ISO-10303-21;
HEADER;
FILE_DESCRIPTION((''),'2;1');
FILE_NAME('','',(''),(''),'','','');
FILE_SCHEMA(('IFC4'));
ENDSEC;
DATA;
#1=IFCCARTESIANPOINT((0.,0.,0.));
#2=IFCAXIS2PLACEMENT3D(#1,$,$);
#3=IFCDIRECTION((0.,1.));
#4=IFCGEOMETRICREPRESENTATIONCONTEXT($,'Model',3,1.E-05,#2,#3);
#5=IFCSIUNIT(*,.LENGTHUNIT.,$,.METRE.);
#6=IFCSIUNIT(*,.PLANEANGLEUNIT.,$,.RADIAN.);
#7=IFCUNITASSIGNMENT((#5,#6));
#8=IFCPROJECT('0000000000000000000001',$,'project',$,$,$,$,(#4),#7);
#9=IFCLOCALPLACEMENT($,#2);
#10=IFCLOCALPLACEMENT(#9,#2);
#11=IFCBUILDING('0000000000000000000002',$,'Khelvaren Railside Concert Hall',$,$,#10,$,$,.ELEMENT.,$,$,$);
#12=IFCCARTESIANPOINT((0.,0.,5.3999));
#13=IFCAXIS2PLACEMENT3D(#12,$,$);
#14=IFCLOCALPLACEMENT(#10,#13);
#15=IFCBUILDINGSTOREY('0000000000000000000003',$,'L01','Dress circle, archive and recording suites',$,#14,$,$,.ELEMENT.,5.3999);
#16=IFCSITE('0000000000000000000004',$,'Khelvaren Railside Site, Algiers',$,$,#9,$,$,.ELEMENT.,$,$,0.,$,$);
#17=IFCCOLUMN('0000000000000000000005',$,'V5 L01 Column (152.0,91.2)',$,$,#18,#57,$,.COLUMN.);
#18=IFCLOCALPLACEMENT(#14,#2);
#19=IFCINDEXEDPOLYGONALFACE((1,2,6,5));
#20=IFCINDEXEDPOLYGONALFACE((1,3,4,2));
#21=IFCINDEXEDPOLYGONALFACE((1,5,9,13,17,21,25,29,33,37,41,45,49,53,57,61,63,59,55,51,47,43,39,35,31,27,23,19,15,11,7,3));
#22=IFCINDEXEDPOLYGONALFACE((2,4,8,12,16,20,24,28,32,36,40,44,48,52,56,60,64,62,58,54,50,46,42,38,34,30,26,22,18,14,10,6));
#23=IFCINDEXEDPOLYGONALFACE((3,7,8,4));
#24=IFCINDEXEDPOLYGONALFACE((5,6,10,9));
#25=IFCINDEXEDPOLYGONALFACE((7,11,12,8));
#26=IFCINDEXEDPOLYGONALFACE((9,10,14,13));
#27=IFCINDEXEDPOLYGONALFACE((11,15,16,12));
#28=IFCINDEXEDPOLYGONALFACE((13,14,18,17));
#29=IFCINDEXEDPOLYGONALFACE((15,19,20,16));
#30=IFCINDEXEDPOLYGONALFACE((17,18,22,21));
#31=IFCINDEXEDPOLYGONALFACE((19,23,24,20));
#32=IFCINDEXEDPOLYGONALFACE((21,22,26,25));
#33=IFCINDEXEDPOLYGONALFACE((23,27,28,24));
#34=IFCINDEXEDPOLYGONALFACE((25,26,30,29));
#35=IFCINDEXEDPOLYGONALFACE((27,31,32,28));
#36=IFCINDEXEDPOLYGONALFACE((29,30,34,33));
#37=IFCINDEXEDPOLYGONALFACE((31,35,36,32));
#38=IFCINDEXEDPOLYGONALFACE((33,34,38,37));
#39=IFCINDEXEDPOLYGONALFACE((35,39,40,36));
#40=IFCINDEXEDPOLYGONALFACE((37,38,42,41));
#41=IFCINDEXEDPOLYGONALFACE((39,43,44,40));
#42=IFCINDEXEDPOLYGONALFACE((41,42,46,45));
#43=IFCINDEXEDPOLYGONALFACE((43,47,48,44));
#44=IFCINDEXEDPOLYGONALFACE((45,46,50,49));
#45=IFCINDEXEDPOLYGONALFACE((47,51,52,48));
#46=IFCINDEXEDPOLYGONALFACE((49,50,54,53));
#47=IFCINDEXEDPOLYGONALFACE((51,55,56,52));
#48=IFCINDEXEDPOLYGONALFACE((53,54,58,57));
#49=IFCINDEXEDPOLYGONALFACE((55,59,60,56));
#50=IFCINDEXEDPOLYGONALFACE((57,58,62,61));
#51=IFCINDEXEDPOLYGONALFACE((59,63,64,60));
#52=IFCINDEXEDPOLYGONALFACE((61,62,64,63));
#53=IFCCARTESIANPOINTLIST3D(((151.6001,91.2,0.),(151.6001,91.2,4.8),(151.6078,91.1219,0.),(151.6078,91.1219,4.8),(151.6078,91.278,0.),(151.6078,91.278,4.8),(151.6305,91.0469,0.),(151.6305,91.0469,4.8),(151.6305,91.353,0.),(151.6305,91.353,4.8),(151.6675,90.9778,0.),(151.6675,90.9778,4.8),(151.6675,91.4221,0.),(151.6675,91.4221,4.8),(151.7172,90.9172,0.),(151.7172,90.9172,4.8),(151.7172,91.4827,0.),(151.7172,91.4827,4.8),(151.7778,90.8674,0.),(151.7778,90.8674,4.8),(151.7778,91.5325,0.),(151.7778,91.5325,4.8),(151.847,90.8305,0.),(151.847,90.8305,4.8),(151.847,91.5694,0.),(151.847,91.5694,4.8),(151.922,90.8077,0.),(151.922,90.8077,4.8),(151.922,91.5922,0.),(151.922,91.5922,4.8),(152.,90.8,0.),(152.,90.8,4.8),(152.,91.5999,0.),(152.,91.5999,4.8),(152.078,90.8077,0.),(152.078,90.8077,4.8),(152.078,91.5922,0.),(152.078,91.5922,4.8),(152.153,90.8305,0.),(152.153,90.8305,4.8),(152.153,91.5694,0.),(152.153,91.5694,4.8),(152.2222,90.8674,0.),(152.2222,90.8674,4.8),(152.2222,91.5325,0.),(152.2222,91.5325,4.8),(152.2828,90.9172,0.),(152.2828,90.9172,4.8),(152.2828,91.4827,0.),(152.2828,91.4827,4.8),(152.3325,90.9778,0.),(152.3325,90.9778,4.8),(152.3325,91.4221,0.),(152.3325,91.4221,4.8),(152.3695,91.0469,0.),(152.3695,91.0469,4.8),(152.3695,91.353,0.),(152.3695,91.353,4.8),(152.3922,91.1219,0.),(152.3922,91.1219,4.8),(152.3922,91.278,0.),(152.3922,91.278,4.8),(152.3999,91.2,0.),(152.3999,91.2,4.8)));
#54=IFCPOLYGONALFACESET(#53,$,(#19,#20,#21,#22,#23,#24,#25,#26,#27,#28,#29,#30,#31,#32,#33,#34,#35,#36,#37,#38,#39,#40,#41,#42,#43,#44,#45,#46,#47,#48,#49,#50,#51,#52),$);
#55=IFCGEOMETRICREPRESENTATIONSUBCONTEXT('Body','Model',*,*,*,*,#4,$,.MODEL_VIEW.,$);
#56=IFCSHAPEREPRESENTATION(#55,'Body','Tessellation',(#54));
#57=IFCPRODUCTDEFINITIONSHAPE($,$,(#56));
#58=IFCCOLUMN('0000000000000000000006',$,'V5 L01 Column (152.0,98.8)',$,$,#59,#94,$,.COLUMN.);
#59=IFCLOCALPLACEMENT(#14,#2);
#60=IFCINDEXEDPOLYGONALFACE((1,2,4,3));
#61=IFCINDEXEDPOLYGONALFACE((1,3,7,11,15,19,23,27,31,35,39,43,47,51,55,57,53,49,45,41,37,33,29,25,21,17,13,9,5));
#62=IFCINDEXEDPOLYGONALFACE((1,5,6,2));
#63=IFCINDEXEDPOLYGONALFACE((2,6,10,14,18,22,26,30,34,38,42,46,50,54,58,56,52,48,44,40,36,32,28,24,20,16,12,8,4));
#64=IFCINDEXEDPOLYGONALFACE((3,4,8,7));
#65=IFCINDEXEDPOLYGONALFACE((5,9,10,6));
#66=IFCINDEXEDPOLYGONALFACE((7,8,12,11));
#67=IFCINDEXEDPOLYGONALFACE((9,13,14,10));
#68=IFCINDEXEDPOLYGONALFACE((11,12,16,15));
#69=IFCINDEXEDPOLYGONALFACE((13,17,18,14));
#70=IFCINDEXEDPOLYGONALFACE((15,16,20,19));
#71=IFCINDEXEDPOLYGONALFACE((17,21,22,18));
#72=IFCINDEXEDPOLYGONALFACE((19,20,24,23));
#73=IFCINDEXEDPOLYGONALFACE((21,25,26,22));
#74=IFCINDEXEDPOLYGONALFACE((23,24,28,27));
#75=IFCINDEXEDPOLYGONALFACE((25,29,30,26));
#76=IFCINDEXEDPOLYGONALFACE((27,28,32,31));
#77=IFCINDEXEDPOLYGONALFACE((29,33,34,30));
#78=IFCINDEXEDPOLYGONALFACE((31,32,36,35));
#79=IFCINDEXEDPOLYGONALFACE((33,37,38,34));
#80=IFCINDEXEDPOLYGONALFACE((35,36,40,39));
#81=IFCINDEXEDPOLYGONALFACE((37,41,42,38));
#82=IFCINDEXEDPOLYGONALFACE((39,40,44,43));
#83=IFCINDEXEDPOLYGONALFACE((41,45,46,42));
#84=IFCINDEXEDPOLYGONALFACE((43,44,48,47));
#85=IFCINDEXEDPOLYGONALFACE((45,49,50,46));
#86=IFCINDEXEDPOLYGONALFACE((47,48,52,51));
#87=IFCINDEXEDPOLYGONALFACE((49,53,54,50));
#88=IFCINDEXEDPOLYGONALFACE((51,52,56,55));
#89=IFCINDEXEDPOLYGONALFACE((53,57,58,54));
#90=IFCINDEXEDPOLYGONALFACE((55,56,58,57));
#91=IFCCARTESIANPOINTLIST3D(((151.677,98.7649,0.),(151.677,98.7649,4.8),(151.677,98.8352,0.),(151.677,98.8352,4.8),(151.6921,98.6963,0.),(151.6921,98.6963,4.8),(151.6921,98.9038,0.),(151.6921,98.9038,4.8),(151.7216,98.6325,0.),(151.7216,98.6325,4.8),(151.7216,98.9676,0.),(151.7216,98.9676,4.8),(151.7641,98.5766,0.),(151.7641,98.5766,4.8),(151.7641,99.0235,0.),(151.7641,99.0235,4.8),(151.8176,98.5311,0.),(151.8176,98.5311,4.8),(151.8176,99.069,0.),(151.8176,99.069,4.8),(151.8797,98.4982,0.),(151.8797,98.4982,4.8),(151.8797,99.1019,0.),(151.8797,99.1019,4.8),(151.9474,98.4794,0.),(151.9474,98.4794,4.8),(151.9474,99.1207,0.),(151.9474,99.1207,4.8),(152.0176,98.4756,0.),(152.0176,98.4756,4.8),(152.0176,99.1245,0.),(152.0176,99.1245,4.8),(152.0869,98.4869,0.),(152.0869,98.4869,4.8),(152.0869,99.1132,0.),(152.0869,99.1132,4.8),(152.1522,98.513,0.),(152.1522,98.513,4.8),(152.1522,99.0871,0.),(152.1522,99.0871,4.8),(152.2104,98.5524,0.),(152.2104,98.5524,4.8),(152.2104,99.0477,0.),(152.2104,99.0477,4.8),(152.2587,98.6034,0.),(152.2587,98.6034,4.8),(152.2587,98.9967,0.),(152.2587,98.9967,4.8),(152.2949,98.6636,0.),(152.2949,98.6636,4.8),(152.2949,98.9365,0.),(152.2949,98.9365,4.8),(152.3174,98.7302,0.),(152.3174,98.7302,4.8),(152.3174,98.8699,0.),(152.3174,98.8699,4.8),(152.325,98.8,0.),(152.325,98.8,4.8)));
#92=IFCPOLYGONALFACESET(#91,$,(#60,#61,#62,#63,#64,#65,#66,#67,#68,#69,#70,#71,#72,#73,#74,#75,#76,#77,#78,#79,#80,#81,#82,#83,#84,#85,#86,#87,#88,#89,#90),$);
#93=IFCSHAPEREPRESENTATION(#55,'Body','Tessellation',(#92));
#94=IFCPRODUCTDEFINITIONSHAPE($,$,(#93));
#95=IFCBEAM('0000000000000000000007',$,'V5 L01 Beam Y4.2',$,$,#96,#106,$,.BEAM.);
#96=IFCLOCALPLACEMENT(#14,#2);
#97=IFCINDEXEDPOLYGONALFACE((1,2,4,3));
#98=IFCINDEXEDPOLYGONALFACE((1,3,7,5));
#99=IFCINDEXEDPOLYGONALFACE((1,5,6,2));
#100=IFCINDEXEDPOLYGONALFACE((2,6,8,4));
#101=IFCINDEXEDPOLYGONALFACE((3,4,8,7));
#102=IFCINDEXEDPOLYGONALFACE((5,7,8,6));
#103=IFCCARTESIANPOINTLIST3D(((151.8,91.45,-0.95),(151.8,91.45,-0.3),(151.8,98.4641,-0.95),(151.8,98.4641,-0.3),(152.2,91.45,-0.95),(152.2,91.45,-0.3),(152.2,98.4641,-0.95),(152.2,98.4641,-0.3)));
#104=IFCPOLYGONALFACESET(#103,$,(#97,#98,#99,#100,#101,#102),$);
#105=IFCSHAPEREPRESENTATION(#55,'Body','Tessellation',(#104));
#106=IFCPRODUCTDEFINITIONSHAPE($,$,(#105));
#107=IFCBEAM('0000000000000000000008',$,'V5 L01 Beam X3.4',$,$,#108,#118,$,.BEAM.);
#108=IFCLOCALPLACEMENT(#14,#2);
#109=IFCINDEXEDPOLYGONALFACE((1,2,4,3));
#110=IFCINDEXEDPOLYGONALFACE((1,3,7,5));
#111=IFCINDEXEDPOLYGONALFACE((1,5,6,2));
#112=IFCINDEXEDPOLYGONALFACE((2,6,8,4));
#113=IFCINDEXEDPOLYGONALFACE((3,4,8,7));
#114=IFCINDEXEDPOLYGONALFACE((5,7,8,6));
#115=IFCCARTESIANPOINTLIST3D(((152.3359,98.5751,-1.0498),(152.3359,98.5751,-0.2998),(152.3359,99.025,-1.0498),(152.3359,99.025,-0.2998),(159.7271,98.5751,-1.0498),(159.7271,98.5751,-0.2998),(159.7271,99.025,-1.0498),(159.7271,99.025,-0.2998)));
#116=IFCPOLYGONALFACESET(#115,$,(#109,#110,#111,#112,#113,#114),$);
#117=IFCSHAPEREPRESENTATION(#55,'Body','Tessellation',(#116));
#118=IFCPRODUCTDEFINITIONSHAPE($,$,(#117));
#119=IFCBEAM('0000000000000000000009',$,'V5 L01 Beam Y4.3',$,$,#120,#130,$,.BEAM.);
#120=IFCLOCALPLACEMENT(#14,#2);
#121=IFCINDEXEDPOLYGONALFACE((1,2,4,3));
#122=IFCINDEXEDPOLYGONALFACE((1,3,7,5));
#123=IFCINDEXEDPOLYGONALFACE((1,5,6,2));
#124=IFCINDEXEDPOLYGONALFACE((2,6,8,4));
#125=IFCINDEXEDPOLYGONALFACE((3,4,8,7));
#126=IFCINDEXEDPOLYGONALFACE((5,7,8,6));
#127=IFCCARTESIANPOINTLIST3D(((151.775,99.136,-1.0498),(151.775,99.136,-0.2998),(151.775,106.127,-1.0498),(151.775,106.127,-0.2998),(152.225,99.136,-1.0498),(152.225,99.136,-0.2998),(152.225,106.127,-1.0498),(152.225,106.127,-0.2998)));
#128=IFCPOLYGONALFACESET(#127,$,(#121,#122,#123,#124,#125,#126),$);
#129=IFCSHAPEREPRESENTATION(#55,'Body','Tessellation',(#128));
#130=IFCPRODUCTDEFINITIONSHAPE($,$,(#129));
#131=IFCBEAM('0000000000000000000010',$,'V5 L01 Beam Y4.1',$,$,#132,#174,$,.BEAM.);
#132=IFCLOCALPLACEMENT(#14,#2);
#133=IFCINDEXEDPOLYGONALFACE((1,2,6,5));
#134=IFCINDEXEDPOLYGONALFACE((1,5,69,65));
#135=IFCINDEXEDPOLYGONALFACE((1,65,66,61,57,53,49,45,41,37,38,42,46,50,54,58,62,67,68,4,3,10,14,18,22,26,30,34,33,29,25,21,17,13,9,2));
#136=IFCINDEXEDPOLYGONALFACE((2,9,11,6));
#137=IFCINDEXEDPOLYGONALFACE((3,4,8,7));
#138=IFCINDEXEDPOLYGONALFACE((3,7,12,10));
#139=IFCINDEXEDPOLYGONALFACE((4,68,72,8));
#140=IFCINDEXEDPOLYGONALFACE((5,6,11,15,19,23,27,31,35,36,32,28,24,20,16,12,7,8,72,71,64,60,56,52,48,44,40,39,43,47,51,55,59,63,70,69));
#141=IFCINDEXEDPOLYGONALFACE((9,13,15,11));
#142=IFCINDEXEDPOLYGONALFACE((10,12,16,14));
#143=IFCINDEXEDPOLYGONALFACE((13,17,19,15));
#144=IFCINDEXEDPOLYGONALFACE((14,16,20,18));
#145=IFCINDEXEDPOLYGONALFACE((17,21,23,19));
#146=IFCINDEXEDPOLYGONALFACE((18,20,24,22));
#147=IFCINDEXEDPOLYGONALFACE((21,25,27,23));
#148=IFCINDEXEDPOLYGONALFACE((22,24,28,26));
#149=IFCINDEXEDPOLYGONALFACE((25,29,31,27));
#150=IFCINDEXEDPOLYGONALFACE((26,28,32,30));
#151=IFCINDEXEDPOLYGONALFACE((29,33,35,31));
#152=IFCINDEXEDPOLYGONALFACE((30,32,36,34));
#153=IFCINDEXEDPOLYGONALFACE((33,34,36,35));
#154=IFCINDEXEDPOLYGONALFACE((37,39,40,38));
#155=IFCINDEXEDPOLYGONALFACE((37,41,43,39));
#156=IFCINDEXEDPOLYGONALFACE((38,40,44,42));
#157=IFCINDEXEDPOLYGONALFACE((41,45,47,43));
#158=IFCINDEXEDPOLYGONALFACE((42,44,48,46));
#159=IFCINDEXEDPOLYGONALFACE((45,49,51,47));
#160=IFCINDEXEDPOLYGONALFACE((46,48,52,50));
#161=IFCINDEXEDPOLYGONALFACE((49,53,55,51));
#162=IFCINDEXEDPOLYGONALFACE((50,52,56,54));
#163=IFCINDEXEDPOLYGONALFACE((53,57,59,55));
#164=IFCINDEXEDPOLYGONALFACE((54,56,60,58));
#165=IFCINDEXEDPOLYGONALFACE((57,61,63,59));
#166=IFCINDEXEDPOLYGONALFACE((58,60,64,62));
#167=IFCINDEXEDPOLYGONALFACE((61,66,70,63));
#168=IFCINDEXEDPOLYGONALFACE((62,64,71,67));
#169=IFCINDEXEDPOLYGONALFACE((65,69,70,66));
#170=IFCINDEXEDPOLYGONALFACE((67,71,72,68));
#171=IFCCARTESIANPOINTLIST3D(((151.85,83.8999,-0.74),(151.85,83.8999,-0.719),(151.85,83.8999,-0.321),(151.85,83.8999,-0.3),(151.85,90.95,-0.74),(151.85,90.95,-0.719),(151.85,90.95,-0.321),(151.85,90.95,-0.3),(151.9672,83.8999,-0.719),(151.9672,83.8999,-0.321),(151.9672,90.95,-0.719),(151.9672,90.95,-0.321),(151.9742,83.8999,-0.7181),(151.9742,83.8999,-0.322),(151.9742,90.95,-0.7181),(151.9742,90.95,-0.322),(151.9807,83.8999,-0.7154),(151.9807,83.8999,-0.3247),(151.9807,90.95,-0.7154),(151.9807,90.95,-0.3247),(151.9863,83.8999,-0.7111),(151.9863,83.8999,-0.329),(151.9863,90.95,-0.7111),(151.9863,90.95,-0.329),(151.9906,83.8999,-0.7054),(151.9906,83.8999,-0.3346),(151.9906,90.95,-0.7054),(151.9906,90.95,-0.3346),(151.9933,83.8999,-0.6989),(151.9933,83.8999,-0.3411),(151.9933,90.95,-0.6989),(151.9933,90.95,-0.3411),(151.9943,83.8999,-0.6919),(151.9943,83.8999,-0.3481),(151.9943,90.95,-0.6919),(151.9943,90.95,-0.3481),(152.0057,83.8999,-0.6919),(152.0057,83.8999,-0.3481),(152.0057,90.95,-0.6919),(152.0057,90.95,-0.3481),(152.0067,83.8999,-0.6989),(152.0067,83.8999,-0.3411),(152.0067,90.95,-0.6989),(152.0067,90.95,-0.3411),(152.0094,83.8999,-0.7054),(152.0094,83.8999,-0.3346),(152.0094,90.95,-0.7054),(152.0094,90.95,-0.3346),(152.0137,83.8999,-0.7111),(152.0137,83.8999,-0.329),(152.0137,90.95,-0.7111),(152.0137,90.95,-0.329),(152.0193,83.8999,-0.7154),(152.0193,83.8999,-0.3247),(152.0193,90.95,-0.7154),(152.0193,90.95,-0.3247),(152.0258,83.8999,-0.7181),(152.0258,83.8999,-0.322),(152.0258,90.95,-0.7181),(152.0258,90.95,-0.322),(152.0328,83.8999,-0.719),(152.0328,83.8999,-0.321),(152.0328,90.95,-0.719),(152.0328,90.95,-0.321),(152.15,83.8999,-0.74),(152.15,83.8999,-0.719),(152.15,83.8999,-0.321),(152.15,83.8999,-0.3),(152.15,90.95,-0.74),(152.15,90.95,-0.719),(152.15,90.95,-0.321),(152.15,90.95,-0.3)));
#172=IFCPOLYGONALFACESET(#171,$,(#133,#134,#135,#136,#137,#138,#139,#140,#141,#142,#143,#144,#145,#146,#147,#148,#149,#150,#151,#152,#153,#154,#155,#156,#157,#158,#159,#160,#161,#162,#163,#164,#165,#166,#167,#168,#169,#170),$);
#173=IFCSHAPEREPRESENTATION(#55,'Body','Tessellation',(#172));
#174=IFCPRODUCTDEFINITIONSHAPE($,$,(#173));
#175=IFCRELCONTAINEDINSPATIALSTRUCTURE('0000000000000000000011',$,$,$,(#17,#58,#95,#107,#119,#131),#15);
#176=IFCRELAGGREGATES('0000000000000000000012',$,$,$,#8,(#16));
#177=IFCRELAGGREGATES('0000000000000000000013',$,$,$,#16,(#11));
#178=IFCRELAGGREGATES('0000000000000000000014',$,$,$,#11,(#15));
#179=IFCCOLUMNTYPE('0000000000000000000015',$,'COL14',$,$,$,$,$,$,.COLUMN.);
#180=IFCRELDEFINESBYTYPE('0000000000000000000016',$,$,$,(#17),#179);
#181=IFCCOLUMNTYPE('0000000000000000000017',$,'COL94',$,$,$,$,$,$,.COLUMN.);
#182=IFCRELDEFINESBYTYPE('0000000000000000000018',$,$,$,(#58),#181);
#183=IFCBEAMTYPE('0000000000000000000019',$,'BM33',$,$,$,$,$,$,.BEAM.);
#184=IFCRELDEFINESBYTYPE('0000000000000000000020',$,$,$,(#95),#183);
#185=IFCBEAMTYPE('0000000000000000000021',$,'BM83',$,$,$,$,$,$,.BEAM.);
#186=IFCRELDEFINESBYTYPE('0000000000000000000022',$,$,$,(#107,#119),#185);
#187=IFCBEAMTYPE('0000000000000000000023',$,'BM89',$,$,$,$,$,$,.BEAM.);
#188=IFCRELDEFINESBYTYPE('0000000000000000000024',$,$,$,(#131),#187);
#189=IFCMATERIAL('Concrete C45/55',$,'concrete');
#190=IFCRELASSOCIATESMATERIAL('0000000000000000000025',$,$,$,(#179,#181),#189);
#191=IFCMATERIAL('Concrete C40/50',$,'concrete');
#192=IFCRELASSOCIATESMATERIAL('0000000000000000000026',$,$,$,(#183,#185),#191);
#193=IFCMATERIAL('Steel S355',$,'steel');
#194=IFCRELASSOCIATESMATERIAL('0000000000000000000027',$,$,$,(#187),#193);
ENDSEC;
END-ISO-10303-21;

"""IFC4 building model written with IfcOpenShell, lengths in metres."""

from ifc_helpers import new_model, si_unit, direction, frame, origin, origin_2d, place, context, subcontext, project, spatial, rectangle, circle, i_section, extrude, material, material_profile, profile_set, type_object, element, save


model = new_model("IFC4")

# Units and contexts
model_context = context("Model", 3, precision=1e-05, world=origin(), true_north=direction((0.0, 1.0)))
body_context = subcontext(model_context, "Body", "Model", "MODEL_VIEW")
ifc_project = project(units=[si_unit("LENGTHUNIT", "METRE"), si_unit("PLANEANGLEUNIT", "RADIAN")], contexts=[model_context])

# Site, building, storey
site_placement = place(None, origin())
site = spatial("IfcSite", under=ifc_project, at=site_placement, Name="Khelvaren Railside Site, Algiers", CompositionType="ELEMENT", RefElevation=0.0)
building_placement = place(site_placement, origin())
building = spatial("IfcBuilding", under=site, at=building_placement, Name="Khelvaren Railside Concert Hall", CompositionType="ELEMENT")
storey_placement = place(building_placement, frame((0.0, 0.0, 5.3999)))
storey = spatial("IfcBuildingStorey", under=building, at=storey_placement, Name="L01", Description="Dress circle, archive and recording suites", CompositionType="ELEMENT", Elevation=5.3999)

# Columns
ifc_material_1 = material(Name="Concrete C45/55", Category="concrete")
ifc_material_profile_1 = material_profile(ifc_material_1, circle(Radius=0.3999, at=origin_2d()), Name="RC D800")
ifc_profile_set_1 = profile_set([ifc_material_profile_1], Name="Concrete C45/55")
column_type_1 = type_object("IfcColumnType", Name="COL14", PredefinedType="COLUMN", material=ifc_profile_set_1)
column_1_placement = place(storey_placement, frame((152.0, 91.2, 0.0), z_axis=(0.0, 0.0, 1.0), x_axis=(1.0, 0.0, 0.0)))
element("IfcColumn", 1, at=column_1_placement, inside=storey, type_object=column_type_1, Name="V5 L01 Column (152.0,91.2)", PredefinedType="COLUMN", context=body_context, shape_type="SweptSolid", body=[
    extrude(circle(Radius=0.3999, at=origin_2d()), origin(), (0.0, 0.0, 1.0), 4.8),
])
ifc_material_profile_2 = material_profile(ifc_material_1, circle(Radius=0.325, at=origin_2d()), Name="RC D650")
ifc_profile_set_2 = profile_set([ifc_material_profile_2], Name="Concrete C45/55")
column_type_2 = type_object("IfcColumnType", Name="COL94", PredefinedType="COLUMN", material=ifc_profile_set_2)
column_2_placement = place(storey_placement, frame((152.0, 98.8, 0.0), z_axis=(0.0, 0.0, 1.0), x_axis=(1.0, 0.0, 0.0)))
element("IfcColumn", 2, at=column_2_placement, inside=storey, type_object=column_type_2, Name="V5 L01 Column (152.0,98.8)", PredefinedType="COLUMN", context=body_context, shape_type="SweptSolid", body=[
    extrude(circle(Radius=0.325, at=origin_2d()), origin(), (0.0, 0.0, 1.0), 4.8),
])

# Beams
ifc_material_2 = material(Name="Concrete C40/50", Category="concrete")
ifc_material_profile_3 = material_profile(ifc_material_2, rectangle(XDim=0.3999, YDim=0.6499, at=origin_2d()), Name="RCB 400x650")
ifc_profile_set_3 = profile_set([ifc_material_profile_3], Name="Concrete C40/50")
beam_type_1 = type_object("IfcBeamType", Name="BM33", PredefinedType="BEAM", material=ifc_profile_set_3)
beam_1_placement = place(storey_placement, frame((152.0, 91.45, -0.625), z_axis=(0.0, 1.0, 0.0), x_axis=(-1.0, 0.0, 0.0)))
element("IfcBeam", 3, at=beam_1_placement, inside=storey, type_object=beam_type_1, Name="V5 L01 Beam Y4.2", PredefinedType="BEAM", context=body_context, shape_type="SweptSolid", body=[
    extrude(rectangle(XDim=0.3999, YDim=0.6499, at=origin_2d()), origin(), (0.0, 0.0, 1.0), 7.0142),
])
ifc_material_profile_4 = material_profile(ifc_material_2, rectangle(XDim=0.45, YDim=0.75, at=origin_2d()), Name="RCB 450x750")
ifc_profile_set_4 = profile_set([ifc_material_profile_4], Name="Concrete C40/50")
beam_type_2 = type_object("IfcBeamType", Name="BM83", PredefinedType="BEAM", material=ifc_profile_set_4)
beam_2_placement = place(storey_placement, frame((152.3359, 98.8, -0.6748), z_axis=(1.0, 0.0, 0.0), x_axis=(0.0, 1.0, 0.0)))
element("IfcBeam", 4, at=beam_2_placement, inside=storey, type_object=beam_type_2, Name="V5 L01 Beam X3.4", PredefinedType="BEAM", context=body_context, shape_type="SweptSolid", body=[
    extrude(rectangle(XDim=0.45, YDim=0.75, at=origin_2d()), origin(), (0.0, 0.0, 1.0), 7.3911),
])
beam_3_placement = place(storey_placement, frame((152.0, 99.136, -0.6748), z_axis=(0.0, 1.0, 0.0), x_axis=(-1.0, 0.0, 0.0)))
element("IfcBeam", 5, at=beam_3_placement, inside=storey, type_object=beam_type_2, Name="V5 L01 Beam Y4.3", PredefinedType="BEAM", context=body_context, shape_type="SweptSolid", body=[
    extrude(rectangle(XDim=0.45, YDim=0.75, at=origin_2d()), origin(), (0.0, 0.0, 1.0), 6.991),
])
ifc_material_3 = material(Name="Steel S355", Category="steel")
ifc_material_profile_5 = material_profile(ifc_material_3, i_section(OverallWidth=0.3, OverallDepth=0.4399, WebThickness=0.0115, FlangeThickness=0.021, FilletRadius=0.0271, at=origin_2d()), Name="HEA 450")
ifc_profile_set_5 = profile_set([ifc_material_profile_5], Name="Steel S355")
beam_type_3 = type_object("IfcBeamType", Name="BM89", PredefinedType="BEAM", material=ifc_profile_set_5)
beam_4_placement = place(storey_placement, frame((152.0, 83.8999, -0.52), z_axis=(0.0, 1.0, 0.0), x_axis=(-1.0, 0.0, 0.0)))
element("IfcBeam", 6, at=beam_4_placement, inside=storey, type_object=beam_type_3, Name="V5 L01 Beam Y4.1", PredefinedType="BEAM", context=body_context, shape_type="SweptSolid", body=[
    extrude(i_section(OverallWidth=0.3, OverallDepth=0.4399, WebThickness=0.0115, FlangeThickness=0.021, FilletRadius=0.0271, at=origin_2d()), origin(), (0.0, 0.0, 1.0), 7.05),
])

save(model, "model.ifc")
